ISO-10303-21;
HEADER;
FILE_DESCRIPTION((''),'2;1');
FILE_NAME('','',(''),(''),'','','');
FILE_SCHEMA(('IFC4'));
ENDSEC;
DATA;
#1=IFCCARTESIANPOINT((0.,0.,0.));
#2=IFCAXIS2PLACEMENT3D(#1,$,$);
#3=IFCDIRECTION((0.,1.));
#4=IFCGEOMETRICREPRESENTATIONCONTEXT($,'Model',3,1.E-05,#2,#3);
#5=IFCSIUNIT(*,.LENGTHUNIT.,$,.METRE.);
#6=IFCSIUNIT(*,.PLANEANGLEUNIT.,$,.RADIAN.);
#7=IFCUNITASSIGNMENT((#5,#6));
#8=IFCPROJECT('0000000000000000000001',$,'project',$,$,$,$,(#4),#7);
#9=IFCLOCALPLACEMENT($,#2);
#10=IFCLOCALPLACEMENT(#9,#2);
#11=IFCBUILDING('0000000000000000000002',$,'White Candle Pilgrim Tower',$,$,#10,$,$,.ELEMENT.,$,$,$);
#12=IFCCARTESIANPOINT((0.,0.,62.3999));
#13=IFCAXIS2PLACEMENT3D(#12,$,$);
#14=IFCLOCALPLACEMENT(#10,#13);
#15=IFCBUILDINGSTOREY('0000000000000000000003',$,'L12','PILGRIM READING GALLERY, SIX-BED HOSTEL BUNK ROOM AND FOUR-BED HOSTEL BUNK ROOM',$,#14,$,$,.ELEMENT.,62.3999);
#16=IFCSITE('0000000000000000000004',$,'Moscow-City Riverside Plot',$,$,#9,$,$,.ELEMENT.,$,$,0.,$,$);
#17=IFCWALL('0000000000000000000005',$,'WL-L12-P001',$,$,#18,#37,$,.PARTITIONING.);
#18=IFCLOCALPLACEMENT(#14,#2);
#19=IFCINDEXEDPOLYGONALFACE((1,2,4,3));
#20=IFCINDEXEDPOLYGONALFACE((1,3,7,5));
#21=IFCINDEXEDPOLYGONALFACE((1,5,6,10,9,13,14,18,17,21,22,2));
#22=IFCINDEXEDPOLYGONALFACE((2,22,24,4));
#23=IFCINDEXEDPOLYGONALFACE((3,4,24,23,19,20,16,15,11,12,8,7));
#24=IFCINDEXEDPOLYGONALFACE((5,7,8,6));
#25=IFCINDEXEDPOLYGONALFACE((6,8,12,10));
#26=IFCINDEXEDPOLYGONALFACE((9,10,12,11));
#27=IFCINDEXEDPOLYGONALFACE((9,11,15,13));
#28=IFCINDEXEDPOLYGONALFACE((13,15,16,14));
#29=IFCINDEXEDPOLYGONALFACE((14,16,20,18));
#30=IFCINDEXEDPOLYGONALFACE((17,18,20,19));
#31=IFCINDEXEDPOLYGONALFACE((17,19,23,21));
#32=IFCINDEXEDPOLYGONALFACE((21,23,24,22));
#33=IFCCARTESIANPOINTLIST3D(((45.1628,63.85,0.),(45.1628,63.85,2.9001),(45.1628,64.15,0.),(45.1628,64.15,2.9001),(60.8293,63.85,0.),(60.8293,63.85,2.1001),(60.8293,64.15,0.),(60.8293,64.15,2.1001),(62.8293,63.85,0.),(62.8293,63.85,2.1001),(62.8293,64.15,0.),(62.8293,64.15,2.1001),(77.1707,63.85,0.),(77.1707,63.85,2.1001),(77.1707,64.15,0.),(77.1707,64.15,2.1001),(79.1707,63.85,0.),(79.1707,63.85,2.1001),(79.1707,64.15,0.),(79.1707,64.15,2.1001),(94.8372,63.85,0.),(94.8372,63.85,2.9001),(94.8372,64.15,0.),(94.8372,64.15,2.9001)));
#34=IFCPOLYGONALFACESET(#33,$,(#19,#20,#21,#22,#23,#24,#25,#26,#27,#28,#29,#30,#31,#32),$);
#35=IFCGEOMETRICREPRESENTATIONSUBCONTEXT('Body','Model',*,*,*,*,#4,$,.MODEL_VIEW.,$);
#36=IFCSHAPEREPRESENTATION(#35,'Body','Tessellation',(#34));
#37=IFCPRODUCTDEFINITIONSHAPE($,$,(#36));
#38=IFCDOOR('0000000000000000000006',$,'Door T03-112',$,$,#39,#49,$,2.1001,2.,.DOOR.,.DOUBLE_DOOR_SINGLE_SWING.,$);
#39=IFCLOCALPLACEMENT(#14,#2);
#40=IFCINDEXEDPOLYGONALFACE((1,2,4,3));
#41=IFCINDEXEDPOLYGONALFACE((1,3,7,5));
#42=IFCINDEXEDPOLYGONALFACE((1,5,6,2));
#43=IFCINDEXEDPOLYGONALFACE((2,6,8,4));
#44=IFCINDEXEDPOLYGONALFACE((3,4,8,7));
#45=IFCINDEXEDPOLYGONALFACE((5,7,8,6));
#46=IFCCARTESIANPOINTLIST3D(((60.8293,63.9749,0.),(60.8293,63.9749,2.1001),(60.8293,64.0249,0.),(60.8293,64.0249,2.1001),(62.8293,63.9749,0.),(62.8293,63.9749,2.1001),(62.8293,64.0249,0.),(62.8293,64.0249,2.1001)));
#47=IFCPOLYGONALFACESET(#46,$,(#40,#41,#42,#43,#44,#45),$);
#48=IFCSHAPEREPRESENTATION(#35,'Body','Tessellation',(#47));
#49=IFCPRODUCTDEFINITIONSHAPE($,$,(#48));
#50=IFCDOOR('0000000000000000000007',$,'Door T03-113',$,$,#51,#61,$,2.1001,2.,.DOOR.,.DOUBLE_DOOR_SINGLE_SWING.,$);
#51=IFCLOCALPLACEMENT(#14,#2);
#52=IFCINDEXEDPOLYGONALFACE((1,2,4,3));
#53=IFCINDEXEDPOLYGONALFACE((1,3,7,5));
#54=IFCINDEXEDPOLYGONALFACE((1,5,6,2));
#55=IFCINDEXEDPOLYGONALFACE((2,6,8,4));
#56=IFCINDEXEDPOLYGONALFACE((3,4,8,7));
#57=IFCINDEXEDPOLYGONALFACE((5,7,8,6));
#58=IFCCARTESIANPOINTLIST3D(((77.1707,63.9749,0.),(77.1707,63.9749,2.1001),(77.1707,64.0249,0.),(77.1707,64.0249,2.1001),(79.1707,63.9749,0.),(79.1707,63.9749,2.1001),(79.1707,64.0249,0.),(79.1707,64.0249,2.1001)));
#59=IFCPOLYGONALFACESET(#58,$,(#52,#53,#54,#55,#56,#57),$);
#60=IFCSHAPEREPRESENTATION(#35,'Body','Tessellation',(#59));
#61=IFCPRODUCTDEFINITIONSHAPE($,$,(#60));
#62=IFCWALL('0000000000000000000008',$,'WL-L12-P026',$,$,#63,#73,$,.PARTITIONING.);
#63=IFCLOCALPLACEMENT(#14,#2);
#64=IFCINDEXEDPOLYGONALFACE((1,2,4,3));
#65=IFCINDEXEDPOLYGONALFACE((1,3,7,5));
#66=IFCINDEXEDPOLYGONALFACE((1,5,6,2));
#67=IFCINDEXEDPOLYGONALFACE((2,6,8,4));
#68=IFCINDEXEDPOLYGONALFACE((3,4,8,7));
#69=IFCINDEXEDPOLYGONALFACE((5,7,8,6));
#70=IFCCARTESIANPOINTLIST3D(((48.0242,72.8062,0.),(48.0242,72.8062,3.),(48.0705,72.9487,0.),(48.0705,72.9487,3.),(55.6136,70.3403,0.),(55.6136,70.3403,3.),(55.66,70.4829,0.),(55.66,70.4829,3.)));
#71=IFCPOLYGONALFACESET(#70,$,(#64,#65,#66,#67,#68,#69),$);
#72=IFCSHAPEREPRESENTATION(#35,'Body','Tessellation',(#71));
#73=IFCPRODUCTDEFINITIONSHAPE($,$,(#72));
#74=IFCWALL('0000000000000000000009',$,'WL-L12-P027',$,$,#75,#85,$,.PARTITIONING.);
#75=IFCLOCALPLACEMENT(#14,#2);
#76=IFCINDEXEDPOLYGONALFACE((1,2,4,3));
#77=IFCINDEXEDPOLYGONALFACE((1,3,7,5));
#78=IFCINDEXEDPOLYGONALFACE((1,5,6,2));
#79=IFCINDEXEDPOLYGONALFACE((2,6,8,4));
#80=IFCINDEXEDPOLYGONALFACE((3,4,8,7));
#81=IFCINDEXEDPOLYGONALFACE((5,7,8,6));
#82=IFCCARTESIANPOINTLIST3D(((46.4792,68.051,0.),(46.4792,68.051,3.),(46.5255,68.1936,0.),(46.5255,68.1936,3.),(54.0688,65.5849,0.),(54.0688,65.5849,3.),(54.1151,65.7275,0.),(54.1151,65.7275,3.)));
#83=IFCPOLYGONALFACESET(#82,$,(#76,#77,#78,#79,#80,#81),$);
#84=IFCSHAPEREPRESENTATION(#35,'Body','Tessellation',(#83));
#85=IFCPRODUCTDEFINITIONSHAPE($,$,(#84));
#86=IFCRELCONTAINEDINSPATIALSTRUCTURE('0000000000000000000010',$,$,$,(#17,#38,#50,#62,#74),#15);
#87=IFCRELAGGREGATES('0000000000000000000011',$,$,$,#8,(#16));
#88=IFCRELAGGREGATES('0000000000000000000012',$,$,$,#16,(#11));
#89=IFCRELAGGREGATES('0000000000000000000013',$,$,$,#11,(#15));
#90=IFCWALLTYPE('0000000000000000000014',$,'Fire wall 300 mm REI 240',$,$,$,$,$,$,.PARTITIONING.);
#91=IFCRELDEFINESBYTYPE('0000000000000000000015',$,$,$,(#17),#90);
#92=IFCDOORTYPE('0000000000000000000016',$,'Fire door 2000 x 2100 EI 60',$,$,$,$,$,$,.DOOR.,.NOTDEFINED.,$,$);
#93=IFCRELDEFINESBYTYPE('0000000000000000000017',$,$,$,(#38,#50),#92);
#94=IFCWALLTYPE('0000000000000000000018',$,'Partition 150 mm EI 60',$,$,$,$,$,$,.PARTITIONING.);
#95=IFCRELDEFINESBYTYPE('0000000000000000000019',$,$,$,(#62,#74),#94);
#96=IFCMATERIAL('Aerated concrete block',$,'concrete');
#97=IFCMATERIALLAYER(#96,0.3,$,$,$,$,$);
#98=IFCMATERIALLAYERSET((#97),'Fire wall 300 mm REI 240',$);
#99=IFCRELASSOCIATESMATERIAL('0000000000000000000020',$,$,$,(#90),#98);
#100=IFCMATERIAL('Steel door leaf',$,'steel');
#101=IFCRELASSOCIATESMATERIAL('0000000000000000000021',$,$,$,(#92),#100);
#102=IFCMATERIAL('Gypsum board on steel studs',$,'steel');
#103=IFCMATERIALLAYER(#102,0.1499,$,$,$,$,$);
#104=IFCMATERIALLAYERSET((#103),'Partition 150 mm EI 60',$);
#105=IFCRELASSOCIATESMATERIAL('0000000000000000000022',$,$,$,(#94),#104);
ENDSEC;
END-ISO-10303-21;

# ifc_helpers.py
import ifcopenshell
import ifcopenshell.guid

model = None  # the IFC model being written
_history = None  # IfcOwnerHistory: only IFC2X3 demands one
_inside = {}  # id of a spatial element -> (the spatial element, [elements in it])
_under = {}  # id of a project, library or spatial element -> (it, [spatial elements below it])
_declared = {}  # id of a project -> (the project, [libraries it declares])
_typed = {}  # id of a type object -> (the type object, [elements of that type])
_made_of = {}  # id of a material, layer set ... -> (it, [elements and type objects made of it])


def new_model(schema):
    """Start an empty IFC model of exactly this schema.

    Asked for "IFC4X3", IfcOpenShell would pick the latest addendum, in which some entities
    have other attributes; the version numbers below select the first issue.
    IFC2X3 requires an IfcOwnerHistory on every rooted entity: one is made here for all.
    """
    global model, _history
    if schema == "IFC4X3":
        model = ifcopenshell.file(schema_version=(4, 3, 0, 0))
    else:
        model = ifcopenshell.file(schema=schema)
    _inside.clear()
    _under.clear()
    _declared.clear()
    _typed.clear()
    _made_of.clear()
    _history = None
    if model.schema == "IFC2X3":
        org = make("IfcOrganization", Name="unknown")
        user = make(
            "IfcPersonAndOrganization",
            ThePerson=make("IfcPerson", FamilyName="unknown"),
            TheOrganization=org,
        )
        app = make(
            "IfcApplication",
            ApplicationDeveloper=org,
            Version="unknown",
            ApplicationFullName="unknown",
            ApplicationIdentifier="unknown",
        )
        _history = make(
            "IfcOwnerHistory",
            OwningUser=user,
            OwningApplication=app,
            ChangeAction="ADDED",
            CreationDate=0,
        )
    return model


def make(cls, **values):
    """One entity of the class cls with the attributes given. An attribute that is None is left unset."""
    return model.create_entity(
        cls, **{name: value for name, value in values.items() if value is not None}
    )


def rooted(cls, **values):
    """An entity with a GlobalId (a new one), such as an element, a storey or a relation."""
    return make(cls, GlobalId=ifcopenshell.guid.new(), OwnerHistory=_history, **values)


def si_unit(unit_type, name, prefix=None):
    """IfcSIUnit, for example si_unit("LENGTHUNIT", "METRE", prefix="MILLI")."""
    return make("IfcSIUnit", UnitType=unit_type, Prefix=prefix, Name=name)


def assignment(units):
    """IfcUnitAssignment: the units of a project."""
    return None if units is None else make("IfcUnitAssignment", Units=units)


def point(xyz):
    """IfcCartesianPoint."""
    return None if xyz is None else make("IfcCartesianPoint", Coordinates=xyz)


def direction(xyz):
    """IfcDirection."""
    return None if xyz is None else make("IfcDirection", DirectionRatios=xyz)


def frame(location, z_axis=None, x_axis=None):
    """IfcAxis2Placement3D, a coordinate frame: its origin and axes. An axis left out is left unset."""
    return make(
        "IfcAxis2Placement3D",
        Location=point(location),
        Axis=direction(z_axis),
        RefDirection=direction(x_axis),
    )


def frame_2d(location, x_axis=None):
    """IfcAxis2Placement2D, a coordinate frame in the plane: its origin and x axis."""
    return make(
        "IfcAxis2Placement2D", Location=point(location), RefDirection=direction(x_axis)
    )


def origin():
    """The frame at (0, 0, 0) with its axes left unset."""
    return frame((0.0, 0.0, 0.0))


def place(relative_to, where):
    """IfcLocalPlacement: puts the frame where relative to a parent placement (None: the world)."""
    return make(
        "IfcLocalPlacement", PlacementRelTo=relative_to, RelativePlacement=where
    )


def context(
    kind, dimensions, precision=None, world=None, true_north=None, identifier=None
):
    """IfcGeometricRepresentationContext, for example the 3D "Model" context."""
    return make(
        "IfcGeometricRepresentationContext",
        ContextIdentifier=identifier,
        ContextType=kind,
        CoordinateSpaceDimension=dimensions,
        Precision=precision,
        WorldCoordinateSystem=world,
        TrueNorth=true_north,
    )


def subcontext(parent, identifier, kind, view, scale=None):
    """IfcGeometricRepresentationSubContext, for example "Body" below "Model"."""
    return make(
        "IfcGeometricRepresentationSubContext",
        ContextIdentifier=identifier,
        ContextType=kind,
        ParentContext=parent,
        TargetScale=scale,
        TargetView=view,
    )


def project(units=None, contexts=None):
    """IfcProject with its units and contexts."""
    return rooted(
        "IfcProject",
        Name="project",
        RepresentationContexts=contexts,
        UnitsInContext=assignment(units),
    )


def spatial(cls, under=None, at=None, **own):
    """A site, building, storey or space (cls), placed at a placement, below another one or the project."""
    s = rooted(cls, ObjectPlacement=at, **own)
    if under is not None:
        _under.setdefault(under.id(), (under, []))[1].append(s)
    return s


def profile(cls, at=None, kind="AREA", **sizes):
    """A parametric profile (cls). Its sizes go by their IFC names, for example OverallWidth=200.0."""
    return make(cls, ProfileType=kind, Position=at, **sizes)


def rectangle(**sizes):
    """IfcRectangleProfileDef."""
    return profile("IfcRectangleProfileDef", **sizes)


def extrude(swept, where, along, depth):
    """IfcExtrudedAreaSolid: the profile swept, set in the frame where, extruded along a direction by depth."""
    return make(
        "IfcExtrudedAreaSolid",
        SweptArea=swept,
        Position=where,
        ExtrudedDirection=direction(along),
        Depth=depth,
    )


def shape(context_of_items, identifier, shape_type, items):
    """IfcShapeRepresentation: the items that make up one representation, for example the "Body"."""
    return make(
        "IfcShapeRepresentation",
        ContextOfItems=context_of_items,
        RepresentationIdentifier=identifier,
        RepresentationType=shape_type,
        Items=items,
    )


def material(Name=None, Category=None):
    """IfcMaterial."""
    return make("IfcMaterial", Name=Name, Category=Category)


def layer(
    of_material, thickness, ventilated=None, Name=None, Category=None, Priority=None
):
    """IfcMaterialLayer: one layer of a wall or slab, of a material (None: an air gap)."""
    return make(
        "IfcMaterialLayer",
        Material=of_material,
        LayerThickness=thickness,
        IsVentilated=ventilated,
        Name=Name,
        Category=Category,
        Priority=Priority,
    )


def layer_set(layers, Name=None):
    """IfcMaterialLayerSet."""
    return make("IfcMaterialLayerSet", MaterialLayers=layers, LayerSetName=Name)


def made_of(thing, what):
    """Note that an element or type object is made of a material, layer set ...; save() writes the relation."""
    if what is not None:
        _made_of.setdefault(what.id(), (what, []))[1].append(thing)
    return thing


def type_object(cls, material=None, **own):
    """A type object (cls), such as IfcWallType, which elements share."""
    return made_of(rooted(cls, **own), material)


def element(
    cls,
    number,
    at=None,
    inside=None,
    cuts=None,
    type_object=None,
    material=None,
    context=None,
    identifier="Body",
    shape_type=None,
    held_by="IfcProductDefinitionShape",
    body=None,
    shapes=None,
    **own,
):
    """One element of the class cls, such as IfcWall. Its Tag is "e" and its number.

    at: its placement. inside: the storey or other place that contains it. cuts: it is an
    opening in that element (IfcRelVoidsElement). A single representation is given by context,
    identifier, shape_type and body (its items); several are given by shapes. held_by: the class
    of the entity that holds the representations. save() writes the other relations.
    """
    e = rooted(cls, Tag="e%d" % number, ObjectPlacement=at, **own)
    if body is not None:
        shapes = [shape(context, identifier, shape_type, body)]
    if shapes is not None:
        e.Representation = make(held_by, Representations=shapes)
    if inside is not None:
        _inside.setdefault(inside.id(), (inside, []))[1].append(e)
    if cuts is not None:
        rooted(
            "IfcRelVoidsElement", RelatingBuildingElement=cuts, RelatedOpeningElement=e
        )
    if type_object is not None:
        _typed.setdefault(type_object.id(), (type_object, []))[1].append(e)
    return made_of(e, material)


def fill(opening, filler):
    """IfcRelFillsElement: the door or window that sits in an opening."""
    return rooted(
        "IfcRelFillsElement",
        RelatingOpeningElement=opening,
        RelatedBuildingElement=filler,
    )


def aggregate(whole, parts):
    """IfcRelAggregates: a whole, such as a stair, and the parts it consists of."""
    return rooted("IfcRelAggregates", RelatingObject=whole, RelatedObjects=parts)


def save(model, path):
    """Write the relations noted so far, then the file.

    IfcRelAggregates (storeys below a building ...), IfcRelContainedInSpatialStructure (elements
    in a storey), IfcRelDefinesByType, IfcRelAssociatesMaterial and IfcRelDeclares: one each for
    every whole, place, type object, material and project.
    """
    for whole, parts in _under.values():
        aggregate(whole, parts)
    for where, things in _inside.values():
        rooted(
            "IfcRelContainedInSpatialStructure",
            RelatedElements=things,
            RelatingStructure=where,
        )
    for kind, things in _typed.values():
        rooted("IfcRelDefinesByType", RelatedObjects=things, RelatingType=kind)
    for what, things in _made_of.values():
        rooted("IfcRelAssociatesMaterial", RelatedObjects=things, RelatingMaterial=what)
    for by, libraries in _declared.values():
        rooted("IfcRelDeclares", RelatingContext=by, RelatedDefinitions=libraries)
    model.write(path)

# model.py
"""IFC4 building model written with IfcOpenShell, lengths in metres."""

from ifc_helpers import new_model, si_unit, direction, frame, frame_2d, origin, place, context, subcontext, project, spatial, rectangle, extrude, material, layer, layer_set, type_object, element, fill, save


model = new_model("IFC4")

# Units and contexts
model_context = context("Model", 3, precision=1e-05, world=origin(), true_north=direction((0.0, 1.0)))
body_context = subcontext(model_context, "Body", "Model", "MODEL_VIEW")
ifc_project = project(units=[si_unit("LENGTHUNIT", "METRE"), si_unit("PLANEANGLEUNIT", "RADIAN")], contexts=[model_context])

# Site, building, storey
site_placement = place(None, origin())
site = spatial("IfcSite", under=ifc_project, at=site_placement, Name="Moscow-City Riverside Plot", CompositionType="ELEMENT", RefElevation=0.0)
building_placement = place(site_placement, origin())
building = spatial("IfcBuilding", under=site, at=building_placement, Name="White Candle Pilgrim Tower", CompositionType="ELEMENT")
storey_placement = place(building_placement, frame((0.0, 0.0, 62.3999)))
storey = spatial("IfcBuildingStorey", under=building, at=storey_placement, Name="L12", Description="PILGRIM READING GALLERY, SIX-BED HOSTEL BUNK ROOM AND FOUR-BED HOSTEL BUNK ROOM", CompositionType="ELEMENT", Elevation=62.3999)

# Shared definitions
ifc_material_1 = material(Name="Gypsum board on steel studs", Category="steel")
ifc_material_2 = material(Name="Steel door leaf", Category="steel")

# Wall, openings, doors
ifc_material_3 = material(Name="Aerated concrete block", Category="concrete")
ifc_layer_1 = layer(ifc_material_3, 0.3)
ifc_layer_set_1 = layer_set([ifc_layer_1], Name="Fire wall 300 mm REI 240")
wall_type_1 = type_object("IfcWallType", Name="Fire wall 300 mm REI 240", PredefinedType="PARTITIONING", material=ifc_layer_set_1)
wall_1_placement = place(storey_placement, frame((45.1628, 64.0, 0.0), z_axis=(0.0, 0.0, 1.0), x_axis=(1.0, 0.0, 0.0)))
wall_1 = element("IfcWall", 1, at=wall_1_placement, inside=storey, type_object=wall_type_1, Name="WL-L12-P001", PredefinedType="PARTITIONING", context=body_context, shape_type="SweptSolid", body=[
    extrude(rectangle(XDim=49.6743, YDim=0.3, at=frame_2d((24.8372, 0.0))), origin(), (0.0, 0.0, 1.0), 2.9001),
])
opening_1_placement = place(wall_1_placement, frame((15.6665, 0.0, 0.0)))
opening_1 = element("IfcOpeningElement", 2, at=opening_1_placement, cuts=wall_1, PredefinedType="OPENING", context=body_context, shape_type="SweptSolid", body=[
    extrude(rectangle(XDim=2.0, YDim=2.1001, at=frame_2d((1.0, 1.05))), frame((0.0, 0.1599, 0.0), z_axis=(0.0, -1.0, 0.0), x_axis=(1.0, 0.0, 0.0)), (0.0, 0.0, 1.0), 0.3201),
])
opening_2_placement = place(wall_1_placement, frame((32.0078, 0.0, 0.0)))
opening_2 = element("IfcOpeningElement", 3, at=opening_2_placement, cuts=wall_1, PredefinedType="OPENING", context=body_context, shape_type="SweptSolid", body=[
    extrude(rectangle(XDim=2.0, YDim=2.1001, at=frame_2d((1.0, 1.05))), frame((0.0, 0.1599, 0.0), z_axis=(0.0, -1.0, 0.0), x_axis=(1.0, 0.0, 0.0)), (0.0, 0.0, 1.0), 0.3201),
])
door_type_1 = type_object("IfcDoorType", Name="Fire door 2000 x 2100 EI 60", OperationType="NOTDEFINED", PredefinedType="DOOR", material=ifc_material_2)
door_1_placement = place(opening_1_placement, origin())
door_1 = element("IfcDoor", 4, at=door_1_placement, inside=storey, type_object=door_type_1, Name="Door T03-112", OperationType="DOUBLE_DOOR_SINGLE_SWING", OverallHeight=2.1001, OverallWidth=2.0, PredefinedType="DOOR", context=body_context, shape_type="SweptSolid", body=[
    extrude(rectangle(XDim=2.0, YDim=2.1001, at=frame_2d((1.0, 1.05))), frame((0.0, 0.0249, 0.0), z_axis=(0.0, -1.0, 0.0), x_axis=(1.0, 0.0, 0.0)), (0.0, 0.0, 1.0), 0.05),
])
fill(opening_1, door_1)
door_2_placement = place(opening_2_placement, origin())
door_2 = element("IfcDoor", 5, at=door_2_placement, inside=storey, type_object=door_type_1, Name="Door T03-113", OperationType="DOUBLE_DOOR_SINGLE_SWING", OverallHeight=2.1001, OverallWidth=2.0, PredefinedType="DOOR", context=body_context, shape_type="SweptSolid", body=[
    extrude(rectangle(XDim=2.0, YDim=2.1001, at=frame_2d((1.0, 1.05))), frame((0.0, 0.0249, 0.0), z_axis=(0.0, -1.0, 0.0), x_axis=(1.0, 0.0, 0.0)), (0.0, 0.0, 1.0), 0.05),
])
fill(opening_2, door_2)

# Walls
ifc_layer_2 = layer(ifc_material_1, 0.1499)
ifc_layer_set_2 = layer_set([ifc_layer_2], Name="Partition 150 mm EI 60")
wall_type_2 = type_object("IfcWallType", Name="Partition 150 mm EI 60", PredefinedType="PARTITIONING", material=ifc_layer_set_2)
wall_2_placement = place(storey_placement, frame((48.0474, 72.8774, 0.0), z_axis=(0.0, 0.0, 1.0), x_axis=(0.951061, -0.309004, 0.0)))
element("IfcWall", 6, at=wall_2_placement, inside=storey, type_object=wall_type_2, Name="WL-L12-P026", PredefinedType="PARTITIONING", context=body_context, shape_type="SweptSolid", body=[
    extrude(rectangle(XDim=7.98, YDim=0.1499, at=frame_2d((3.99, 0.0))), origin(), (0.0, 0.0, 1.0), 3.0),
])
wall_3_placement = place(storey_placement, frame((46.5022, 68.1223, 0.0), z_axis=(0.0, 0.0, 1.0), x_axis=(0.951055, -0.309023, 0.0)))
element("IfcWall", 7, at=wall_3_placement, inside=storey, type_object=wall_type_2, Name="WL-L12-P027", PredefinedType="PARTITIONING", context=body_context, shape_type="SweptSolid", body=[
    extrude(rectangle(XDim=7.9802, YDim=0.1499, at=frame_2d((3.9902, 0.0))), origin(), (0.0, 0.0, 1.0), 3.0),
])

save(model, "model.ifc")
